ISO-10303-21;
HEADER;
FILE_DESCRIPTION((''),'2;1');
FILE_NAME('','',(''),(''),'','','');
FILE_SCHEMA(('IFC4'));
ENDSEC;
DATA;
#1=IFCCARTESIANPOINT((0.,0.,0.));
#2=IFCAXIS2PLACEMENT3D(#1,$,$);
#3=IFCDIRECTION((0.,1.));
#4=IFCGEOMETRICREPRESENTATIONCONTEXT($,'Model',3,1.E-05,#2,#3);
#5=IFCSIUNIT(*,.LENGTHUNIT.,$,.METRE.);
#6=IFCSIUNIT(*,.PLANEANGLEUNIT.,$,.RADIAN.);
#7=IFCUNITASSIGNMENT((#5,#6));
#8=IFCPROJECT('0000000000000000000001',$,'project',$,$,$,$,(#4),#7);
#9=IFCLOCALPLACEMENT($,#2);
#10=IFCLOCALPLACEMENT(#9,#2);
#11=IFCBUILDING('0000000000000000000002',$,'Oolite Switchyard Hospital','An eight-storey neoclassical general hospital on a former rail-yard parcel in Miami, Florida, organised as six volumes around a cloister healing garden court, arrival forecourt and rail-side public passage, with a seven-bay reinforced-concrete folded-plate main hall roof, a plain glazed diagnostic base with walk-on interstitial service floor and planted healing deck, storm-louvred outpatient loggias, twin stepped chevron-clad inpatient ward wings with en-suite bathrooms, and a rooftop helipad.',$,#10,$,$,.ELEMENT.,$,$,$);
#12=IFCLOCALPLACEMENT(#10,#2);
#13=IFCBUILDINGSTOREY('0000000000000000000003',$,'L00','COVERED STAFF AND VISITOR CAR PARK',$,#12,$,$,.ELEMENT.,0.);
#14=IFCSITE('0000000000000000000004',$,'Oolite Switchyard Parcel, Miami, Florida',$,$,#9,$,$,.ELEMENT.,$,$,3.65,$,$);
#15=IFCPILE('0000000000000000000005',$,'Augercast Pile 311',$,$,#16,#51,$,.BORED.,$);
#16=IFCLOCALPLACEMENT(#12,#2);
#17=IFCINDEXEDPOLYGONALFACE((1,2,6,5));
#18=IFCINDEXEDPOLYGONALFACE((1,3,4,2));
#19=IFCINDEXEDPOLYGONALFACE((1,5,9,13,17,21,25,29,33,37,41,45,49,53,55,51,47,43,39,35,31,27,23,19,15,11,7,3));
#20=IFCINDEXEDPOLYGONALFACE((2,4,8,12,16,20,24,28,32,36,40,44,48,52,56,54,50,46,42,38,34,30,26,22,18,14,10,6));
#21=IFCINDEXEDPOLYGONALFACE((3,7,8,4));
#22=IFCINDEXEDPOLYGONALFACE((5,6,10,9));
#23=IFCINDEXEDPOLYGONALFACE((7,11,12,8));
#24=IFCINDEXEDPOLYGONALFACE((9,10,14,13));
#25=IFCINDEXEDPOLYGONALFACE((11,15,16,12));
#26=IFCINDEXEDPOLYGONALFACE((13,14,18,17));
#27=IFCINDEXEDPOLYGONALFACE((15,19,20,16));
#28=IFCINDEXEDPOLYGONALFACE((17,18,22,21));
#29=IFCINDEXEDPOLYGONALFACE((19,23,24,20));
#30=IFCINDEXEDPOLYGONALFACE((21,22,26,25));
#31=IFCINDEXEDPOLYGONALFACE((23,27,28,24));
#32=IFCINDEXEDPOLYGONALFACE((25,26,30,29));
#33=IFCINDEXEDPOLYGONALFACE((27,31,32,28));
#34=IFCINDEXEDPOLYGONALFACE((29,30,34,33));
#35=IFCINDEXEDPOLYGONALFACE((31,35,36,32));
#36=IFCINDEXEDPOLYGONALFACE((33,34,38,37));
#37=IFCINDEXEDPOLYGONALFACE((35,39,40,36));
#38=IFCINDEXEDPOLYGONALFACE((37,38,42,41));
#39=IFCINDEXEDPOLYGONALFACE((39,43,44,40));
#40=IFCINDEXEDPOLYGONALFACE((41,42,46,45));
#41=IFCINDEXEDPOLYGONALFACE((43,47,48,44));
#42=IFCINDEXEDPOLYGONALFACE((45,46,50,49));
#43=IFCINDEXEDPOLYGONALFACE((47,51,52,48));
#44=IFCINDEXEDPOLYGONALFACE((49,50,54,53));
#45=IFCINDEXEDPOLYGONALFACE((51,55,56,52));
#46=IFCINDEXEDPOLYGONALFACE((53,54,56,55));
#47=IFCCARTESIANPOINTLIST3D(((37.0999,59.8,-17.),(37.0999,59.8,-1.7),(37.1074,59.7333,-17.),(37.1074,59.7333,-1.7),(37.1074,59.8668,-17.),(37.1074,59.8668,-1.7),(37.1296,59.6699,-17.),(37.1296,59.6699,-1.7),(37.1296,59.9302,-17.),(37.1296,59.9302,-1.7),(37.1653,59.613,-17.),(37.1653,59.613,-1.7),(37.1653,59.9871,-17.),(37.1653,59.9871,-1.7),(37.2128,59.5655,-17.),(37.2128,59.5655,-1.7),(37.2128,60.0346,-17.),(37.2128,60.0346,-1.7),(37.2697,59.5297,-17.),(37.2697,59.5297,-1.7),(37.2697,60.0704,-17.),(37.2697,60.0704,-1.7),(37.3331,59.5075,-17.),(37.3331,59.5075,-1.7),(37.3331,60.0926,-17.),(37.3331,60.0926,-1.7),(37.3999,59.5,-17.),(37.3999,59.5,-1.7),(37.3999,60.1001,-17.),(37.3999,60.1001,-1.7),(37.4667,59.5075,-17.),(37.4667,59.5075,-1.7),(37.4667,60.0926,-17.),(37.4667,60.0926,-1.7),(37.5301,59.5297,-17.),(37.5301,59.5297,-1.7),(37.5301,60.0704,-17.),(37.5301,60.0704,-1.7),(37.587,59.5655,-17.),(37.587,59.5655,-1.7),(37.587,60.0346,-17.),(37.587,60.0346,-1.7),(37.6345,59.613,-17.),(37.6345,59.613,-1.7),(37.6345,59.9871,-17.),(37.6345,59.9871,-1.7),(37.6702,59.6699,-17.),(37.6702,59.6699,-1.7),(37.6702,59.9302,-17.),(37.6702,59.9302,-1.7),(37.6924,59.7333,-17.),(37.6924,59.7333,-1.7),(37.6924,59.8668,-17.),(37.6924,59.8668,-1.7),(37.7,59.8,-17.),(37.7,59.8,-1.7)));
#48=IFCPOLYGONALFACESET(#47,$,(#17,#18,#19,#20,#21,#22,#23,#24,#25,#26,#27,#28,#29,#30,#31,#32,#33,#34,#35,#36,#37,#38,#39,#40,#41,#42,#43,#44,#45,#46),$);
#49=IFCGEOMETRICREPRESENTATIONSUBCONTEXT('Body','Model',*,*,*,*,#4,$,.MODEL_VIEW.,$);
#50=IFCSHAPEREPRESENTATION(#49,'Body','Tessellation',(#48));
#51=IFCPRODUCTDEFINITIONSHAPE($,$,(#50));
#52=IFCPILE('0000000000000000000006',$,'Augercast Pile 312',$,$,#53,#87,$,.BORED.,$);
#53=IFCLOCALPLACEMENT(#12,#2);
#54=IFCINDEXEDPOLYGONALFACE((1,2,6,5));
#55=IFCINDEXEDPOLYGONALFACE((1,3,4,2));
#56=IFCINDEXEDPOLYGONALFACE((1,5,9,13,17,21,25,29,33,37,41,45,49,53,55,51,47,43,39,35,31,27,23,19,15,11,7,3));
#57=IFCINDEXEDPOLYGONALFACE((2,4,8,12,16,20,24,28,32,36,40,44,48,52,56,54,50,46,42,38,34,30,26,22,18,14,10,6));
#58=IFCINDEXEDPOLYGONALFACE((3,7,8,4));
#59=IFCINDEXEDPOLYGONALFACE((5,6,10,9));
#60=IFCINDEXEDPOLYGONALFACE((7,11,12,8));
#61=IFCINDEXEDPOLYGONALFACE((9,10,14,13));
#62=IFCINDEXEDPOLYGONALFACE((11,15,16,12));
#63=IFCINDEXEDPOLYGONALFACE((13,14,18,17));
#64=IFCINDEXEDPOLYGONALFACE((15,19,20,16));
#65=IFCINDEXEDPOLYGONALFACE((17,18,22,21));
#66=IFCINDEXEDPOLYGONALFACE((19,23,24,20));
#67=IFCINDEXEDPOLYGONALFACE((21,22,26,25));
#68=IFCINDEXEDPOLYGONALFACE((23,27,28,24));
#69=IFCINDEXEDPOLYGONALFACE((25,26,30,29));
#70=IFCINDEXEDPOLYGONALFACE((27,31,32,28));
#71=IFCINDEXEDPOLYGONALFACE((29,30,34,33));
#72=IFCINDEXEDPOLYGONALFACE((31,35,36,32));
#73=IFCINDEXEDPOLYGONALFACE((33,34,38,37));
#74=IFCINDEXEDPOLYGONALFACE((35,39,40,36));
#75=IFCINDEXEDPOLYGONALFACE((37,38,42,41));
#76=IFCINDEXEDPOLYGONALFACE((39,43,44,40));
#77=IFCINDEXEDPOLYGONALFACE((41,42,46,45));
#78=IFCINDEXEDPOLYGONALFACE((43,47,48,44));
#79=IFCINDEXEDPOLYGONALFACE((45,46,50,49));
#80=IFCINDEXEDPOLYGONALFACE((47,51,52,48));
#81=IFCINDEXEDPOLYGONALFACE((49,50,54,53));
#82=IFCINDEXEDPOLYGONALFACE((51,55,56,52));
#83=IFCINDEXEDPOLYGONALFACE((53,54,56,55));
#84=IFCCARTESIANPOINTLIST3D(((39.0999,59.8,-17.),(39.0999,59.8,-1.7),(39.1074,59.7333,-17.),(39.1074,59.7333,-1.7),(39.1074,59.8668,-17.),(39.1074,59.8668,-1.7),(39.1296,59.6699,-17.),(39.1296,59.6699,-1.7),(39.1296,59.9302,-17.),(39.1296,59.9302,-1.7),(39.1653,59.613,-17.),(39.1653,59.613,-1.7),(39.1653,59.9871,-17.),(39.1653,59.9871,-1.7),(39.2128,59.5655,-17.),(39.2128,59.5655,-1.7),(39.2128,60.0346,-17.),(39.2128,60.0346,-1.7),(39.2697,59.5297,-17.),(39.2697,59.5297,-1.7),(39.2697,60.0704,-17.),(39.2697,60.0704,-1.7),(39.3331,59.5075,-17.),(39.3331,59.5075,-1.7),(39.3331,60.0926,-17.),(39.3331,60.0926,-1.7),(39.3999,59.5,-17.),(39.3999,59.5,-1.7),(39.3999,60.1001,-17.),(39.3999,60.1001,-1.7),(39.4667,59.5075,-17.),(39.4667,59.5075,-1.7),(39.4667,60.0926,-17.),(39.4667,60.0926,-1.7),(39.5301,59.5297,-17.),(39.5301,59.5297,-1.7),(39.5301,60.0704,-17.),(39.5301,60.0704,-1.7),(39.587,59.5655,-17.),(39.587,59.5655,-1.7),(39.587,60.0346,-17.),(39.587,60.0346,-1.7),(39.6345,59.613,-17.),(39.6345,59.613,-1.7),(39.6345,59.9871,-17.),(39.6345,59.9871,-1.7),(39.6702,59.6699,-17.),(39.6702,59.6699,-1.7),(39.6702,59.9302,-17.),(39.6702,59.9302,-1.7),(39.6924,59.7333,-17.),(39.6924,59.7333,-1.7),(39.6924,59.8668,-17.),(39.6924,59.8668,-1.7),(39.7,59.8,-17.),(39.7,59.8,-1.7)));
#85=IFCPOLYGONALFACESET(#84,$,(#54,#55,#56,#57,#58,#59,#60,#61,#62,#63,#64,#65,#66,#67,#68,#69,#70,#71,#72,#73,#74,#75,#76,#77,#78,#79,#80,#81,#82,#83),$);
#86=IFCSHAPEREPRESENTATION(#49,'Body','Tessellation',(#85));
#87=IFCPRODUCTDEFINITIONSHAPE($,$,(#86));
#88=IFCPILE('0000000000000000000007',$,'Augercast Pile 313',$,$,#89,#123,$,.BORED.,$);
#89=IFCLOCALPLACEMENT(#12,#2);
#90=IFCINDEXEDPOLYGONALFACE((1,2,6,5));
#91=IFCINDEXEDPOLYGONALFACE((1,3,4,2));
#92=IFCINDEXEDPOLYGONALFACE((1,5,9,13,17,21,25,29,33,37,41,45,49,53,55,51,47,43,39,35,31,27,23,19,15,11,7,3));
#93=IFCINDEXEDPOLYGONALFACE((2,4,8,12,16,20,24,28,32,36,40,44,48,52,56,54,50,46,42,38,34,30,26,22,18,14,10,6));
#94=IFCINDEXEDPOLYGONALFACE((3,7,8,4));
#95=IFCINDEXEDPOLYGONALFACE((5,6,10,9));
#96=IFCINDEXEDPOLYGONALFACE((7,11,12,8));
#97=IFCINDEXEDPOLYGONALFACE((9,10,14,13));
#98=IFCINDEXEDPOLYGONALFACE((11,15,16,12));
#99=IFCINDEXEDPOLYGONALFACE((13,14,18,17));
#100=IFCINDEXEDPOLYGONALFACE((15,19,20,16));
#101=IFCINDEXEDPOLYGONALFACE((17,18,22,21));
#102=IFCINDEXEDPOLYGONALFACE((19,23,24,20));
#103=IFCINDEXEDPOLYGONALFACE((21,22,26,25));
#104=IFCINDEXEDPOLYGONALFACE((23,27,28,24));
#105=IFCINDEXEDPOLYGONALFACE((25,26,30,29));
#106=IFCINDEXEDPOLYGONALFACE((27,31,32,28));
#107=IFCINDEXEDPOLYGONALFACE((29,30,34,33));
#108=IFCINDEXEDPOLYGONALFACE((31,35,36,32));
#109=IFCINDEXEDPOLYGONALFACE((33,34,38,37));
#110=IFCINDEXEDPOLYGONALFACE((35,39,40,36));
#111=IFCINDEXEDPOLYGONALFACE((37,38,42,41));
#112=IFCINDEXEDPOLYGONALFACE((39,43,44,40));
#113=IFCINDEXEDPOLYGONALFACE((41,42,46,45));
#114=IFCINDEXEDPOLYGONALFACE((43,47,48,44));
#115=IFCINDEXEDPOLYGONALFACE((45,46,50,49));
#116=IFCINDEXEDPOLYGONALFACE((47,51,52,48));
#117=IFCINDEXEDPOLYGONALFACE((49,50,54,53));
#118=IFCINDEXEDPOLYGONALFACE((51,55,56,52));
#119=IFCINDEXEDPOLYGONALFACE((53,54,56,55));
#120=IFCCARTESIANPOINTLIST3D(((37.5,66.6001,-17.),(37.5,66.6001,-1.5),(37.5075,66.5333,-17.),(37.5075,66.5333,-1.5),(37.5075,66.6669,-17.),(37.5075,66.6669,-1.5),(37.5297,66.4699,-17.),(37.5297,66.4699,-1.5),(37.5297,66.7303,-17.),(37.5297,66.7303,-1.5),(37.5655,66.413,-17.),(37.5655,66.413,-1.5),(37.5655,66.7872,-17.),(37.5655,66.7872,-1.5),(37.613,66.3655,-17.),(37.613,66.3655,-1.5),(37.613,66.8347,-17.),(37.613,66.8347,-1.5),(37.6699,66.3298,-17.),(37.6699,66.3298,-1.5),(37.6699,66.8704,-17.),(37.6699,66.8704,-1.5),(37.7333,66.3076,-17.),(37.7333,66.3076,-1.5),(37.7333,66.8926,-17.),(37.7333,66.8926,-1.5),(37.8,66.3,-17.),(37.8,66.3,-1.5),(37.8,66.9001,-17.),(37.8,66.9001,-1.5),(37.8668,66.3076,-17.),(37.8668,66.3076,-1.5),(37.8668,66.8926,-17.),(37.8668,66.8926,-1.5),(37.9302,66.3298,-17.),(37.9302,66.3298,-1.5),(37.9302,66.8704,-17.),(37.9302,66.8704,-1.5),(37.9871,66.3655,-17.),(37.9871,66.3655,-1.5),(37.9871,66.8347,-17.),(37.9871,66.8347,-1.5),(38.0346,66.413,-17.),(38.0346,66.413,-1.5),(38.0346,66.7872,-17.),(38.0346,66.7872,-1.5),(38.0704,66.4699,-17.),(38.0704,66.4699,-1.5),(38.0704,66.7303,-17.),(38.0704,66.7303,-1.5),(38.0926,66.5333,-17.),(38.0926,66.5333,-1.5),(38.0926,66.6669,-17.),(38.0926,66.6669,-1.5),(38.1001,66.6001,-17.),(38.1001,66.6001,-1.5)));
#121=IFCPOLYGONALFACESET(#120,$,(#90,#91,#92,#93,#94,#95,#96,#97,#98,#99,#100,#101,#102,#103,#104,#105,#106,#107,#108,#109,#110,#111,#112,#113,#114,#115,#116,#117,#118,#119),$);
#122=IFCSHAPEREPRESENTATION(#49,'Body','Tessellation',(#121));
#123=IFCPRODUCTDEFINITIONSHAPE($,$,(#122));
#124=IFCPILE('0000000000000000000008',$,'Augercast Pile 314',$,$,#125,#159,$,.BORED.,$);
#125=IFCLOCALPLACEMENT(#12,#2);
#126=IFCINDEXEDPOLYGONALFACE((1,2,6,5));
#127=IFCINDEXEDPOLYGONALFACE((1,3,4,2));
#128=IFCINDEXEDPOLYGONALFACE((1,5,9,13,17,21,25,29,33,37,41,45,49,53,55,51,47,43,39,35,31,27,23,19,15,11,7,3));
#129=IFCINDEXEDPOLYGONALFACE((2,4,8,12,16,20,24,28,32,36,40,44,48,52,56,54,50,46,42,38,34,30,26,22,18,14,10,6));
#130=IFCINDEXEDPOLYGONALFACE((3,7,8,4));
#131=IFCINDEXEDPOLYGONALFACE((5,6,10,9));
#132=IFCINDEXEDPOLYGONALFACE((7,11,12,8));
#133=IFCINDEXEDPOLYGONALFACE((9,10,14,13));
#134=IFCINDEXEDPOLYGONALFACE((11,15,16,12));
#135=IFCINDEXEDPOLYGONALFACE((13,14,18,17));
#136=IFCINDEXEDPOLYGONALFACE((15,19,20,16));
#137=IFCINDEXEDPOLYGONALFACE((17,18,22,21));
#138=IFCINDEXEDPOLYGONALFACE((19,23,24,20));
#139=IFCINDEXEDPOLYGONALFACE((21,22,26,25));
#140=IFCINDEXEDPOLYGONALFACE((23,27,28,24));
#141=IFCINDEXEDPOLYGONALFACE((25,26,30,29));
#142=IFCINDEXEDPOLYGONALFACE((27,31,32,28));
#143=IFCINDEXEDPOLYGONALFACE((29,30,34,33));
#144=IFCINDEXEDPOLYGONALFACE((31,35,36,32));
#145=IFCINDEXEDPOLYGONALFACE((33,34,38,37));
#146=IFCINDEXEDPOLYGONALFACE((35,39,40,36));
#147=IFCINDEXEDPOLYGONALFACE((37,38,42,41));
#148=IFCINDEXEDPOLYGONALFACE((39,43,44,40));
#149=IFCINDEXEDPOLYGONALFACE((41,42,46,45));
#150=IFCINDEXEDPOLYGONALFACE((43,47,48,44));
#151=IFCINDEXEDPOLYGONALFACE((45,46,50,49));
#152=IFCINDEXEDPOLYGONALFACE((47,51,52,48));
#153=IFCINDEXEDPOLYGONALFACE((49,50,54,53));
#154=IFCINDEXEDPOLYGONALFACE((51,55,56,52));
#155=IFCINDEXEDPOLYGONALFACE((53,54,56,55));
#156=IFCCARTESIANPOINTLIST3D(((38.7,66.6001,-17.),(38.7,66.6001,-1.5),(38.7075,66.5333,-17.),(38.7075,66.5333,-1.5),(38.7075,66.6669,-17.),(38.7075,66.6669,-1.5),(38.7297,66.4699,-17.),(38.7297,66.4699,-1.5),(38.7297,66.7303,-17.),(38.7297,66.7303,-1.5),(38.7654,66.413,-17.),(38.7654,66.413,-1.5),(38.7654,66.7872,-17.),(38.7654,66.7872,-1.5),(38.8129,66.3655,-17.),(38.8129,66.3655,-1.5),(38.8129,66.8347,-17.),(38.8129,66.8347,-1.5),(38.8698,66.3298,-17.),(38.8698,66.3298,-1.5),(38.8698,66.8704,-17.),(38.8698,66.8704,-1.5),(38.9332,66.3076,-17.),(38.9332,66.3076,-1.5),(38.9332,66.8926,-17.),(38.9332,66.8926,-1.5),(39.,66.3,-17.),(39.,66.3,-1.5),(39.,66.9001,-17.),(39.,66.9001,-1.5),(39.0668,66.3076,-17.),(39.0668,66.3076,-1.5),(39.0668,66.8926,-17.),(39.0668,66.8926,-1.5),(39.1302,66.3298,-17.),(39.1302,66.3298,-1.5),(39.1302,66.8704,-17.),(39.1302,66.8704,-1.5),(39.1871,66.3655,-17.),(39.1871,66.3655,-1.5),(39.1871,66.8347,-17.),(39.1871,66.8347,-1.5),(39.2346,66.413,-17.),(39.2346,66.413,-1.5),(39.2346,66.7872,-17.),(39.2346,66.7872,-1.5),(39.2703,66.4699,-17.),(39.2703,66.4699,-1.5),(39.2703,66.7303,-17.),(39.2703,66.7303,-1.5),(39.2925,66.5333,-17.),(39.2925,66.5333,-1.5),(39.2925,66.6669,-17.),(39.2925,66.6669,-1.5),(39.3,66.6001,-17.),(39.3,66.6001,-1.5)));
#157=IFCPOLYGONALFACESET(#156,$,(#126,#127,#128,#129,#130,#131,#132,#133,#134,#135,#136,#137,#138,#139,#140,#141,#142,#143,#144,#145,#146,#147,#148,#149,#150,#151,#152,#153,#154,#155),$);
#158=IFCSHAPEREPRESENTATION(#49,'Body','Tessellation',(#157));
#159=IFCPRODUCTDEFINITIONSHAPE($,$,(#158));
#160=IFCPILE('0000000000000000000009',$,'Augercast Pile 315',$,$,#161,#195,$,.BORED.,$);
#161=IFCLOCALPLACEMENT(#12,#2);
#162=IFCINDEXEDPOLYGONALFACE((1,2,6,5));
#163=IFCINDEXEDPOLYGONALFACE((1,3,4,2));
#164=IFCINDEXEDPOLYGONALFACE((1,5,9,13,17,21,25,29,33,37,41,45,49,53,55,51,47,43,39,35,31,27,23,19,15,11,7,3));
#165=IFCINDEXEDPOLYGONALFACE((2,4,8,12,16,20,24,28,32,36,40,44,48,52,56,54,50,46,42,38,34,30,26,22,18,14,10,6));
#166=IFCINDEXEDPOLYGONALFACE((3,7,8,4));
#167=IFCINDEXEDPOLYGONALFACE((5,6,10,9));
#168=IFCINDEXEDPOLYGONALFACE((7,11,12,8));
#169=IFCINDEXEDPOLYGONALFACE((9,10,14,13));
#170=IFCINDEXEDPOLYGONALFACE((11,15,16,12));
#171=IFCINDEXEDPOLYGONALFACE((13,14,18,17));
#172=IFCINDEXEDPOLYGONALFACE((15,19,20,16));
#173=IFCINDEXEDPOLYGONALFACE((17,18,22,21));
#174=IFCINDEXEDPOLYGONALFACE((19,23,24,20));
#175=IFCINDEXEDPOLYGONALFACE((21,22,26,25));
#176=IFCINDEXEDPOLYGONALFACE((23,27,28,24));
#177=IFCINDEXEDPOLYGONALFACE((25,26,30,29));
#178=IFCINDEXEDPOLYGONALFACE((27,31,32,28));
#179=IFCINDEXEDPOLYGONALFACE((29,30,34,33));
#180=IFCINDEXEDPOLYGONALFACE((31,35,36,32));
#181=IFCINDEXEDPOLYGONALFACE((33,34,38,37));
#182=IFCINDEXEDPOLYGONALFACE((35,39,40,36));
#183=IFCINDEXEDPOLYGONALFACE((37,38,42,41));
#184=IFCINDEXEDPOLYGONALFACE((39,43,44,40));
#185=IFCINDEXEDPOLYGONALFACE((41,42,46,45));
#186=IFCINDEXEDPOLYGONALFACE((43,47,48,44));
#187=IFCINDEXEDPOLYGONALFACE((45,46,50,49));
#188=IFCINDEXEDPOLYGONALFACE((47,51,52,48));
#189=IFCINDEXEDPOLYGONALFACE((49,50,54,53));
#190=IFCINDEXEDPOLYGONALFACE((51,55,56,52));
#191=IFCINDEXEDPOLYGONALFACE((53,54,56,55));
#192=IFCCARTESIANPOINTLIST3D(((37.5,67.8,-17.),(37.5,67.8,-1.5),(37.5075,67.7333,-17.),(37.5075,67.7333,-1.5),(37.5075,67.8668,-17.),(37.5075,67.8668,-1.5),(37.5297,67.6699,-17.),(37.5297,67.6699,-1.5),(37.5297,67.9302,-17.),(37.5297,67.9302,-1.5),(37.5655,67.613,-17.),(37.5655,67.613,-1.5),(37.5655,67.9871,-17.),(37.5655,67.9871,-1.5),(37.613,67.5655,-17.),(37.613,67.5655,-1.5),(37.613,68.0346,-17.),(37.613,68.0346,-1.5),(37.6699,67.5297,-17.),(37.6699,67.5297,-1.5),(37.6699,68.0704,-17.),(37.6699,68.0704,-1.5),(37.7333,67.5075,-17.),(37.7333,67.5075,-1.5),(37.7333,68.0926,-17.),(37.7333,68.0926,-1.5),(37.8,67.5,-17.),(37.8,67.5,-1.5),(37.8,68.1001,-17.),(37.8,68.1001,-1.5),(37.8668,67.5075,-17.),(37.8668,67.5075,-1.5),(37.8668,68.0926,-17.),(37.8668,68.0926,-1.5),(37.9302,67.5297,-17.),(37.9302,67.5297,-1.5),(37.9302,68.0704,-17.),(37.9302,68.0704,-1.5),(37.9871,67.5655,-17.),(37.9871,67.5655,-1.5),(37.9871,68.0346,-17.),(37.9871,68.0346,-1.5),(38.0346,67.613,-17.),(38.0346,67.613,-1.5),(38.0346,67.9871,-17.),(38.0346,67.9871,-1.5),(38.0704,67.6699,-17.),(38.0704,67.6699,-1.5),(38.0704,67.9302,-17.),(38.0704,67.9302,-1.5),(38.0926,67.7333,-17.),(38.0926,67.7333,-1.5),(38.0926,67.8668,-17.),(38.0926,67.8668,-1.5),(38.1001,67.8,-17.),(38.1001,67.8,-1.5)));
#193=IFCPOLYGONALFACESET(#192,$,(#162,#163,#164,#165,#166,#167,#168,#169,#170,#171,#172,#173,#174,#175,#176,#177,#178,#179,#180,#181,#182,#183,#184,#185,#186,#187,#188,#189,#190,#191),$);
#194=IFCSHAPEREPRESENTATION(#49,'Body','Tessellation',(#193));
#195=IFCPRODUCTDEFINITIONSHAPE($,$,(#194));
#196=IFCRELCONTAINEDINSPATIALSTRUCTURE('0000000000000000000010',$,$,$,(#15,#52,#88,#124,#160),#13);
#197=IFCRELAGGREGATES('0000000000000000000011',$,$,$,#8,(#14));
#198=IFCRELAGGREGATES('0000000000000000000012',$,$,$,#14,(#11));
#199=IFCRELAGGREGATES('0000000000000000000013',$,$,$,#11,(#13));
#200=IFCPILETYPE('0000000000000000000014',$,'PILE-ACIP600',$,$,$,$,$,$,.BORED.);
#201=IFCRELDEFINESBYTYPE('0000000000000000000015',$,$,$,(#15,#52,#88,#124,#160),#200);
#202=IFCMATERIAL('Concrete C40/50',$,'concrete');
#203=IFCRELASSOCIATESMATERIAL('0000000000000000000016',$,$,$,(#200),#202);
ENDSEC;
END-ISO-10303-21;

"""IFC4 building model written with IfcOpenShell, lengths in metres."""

from ifc_helpers import new_model, si_unit, direction, frame, origin, origin_2d, place, context, subcontext, project, spatial, circle, extrude, material, material_profile, profile_set, type_object, element, save


model = new_model("IFC4")

# Units and contexts
model_context = context("Model", 3, precision=1e-05, world=origin(), true_north=direction((0.0, 1.0)))
body_context = subcontext(model_context, "Body", "Model", "MODEL_VIEW")
ifc_project = project(units=[si_unit("LENGTHUNIT", "METRE"), si_unit("PLANEANGLEUNIT", "RADIAN")], contexts=[model_context])

# Site, building, storey
site_placement = place(None, origin())
site = spatial("IfcSite", under=ifc_project, at=site_placement, Name="Oolite Switchyard Parcel, Miami, Florida", CompositionType="ELEMENT", RefElevation=3.65)
building_placement = place(site_placement, origin())
building = spatial("IfcBuilding", under=site, at=building_placement, Name="Oolite Switchyard Hospital", Description="An eight-storey neoclassical general hospital on a former rail-yard parcel in Miami, Florida, organised as six volumes around a cloister healing garden court, arrival forecourt and rail-side public passage, with a seven-bay reinforced-concrete folded-plate main hall roof, a plain glazed diagnostic base with walk-on interstitial service floor and planted healing deck, storm-louvred outpatient loggias, twin stepped chevron-clad inpatient ward wings with en-suite bathrooms, and a rooftop helipad.", CompositionType="ELEMENT")
storey_placement = place(building_placement, origin())
storey = spatial("IfcBuildingStorey", under=building, at=storey_placement, Name="L00", Description="COVERED STAFF AND VISITOR CAR PARK", CompositionType="ELEMENT", Elevation=0.0)

# Shared definitions
ifc_material_1 = material(Name="Concrete C40/50", Category="concrete")

# Piles
ifc_material_profile_1 = material_profile(ifc_material_1, circle(Radius=0.3, at=origin_2d()), Name="PILE600")
ifc_profile_set_1 = profile_set([ifc_material_profile_1], Name="Concrete C40/50")
pile_type = type_object("IfcPileType", Name="PILE-ACIP600", PredefinedType="BORED", material=ifc_profile_set_1)
for number, where, z_axis, x_axis, name in (
    (1, (37.3999, 59.8, -1.7), (0.0, 0.0, -1.0), (1.0, 0.0, 0.0), "Augercast Pile 311"),
    (2, (39.3999, 59.8, -1.7), (0.0, 0.0, -1.0), (1.0, 0.0, 0.0), "Augercast Pile 312"),
):
    element("IfcPile", number, at=place(storey_placement, frame(where, z_axis=z_axis, x_axis=x_axis)), inside=storey, type_object=pile_type, Name=name, PredefinedType="BORED", context=body_context, shape_type="SweptSolid", body=[
        extrude(circle(Radius=0.3, at=origin_2d()), origin(), (0.0, 0.0, 1.0), 15.3),
    ])
for number, where, z_axis, x_axis, name in (
    (3, (37.8, 66.6001, -1.5), (0.0, 0.0, -1.0), (1.0, 0.0, 0.0), "Augercast Pile 313"),
    (4, (39.0, 66.6001, -1.5), (0.0, 0.0, -1.0), (1.0, 0.0, 0.0), "Augercast Pile 314"),
    (5, (37.8, 67.8, -1.5), (0.0, 0.0, -1.0), (1.0, 0.0, 0.0), "Augercast Pile 315"),
):
    element("IfcPile", number, at=place(storey_placement, frame(where, z_axis=z_axis, x_axis=x_axis)), inside=storey, type_object=pile_type, Name=name, PredefinedType="BORED", context=body_context, shape_type="SweptSolid", body=[
        extrude(circle(Radius=0.3, at=origin_2d()), origin(), (0.0, 0.0, 1.0), 15.5),
    ])

save(model, "model.ifc")
